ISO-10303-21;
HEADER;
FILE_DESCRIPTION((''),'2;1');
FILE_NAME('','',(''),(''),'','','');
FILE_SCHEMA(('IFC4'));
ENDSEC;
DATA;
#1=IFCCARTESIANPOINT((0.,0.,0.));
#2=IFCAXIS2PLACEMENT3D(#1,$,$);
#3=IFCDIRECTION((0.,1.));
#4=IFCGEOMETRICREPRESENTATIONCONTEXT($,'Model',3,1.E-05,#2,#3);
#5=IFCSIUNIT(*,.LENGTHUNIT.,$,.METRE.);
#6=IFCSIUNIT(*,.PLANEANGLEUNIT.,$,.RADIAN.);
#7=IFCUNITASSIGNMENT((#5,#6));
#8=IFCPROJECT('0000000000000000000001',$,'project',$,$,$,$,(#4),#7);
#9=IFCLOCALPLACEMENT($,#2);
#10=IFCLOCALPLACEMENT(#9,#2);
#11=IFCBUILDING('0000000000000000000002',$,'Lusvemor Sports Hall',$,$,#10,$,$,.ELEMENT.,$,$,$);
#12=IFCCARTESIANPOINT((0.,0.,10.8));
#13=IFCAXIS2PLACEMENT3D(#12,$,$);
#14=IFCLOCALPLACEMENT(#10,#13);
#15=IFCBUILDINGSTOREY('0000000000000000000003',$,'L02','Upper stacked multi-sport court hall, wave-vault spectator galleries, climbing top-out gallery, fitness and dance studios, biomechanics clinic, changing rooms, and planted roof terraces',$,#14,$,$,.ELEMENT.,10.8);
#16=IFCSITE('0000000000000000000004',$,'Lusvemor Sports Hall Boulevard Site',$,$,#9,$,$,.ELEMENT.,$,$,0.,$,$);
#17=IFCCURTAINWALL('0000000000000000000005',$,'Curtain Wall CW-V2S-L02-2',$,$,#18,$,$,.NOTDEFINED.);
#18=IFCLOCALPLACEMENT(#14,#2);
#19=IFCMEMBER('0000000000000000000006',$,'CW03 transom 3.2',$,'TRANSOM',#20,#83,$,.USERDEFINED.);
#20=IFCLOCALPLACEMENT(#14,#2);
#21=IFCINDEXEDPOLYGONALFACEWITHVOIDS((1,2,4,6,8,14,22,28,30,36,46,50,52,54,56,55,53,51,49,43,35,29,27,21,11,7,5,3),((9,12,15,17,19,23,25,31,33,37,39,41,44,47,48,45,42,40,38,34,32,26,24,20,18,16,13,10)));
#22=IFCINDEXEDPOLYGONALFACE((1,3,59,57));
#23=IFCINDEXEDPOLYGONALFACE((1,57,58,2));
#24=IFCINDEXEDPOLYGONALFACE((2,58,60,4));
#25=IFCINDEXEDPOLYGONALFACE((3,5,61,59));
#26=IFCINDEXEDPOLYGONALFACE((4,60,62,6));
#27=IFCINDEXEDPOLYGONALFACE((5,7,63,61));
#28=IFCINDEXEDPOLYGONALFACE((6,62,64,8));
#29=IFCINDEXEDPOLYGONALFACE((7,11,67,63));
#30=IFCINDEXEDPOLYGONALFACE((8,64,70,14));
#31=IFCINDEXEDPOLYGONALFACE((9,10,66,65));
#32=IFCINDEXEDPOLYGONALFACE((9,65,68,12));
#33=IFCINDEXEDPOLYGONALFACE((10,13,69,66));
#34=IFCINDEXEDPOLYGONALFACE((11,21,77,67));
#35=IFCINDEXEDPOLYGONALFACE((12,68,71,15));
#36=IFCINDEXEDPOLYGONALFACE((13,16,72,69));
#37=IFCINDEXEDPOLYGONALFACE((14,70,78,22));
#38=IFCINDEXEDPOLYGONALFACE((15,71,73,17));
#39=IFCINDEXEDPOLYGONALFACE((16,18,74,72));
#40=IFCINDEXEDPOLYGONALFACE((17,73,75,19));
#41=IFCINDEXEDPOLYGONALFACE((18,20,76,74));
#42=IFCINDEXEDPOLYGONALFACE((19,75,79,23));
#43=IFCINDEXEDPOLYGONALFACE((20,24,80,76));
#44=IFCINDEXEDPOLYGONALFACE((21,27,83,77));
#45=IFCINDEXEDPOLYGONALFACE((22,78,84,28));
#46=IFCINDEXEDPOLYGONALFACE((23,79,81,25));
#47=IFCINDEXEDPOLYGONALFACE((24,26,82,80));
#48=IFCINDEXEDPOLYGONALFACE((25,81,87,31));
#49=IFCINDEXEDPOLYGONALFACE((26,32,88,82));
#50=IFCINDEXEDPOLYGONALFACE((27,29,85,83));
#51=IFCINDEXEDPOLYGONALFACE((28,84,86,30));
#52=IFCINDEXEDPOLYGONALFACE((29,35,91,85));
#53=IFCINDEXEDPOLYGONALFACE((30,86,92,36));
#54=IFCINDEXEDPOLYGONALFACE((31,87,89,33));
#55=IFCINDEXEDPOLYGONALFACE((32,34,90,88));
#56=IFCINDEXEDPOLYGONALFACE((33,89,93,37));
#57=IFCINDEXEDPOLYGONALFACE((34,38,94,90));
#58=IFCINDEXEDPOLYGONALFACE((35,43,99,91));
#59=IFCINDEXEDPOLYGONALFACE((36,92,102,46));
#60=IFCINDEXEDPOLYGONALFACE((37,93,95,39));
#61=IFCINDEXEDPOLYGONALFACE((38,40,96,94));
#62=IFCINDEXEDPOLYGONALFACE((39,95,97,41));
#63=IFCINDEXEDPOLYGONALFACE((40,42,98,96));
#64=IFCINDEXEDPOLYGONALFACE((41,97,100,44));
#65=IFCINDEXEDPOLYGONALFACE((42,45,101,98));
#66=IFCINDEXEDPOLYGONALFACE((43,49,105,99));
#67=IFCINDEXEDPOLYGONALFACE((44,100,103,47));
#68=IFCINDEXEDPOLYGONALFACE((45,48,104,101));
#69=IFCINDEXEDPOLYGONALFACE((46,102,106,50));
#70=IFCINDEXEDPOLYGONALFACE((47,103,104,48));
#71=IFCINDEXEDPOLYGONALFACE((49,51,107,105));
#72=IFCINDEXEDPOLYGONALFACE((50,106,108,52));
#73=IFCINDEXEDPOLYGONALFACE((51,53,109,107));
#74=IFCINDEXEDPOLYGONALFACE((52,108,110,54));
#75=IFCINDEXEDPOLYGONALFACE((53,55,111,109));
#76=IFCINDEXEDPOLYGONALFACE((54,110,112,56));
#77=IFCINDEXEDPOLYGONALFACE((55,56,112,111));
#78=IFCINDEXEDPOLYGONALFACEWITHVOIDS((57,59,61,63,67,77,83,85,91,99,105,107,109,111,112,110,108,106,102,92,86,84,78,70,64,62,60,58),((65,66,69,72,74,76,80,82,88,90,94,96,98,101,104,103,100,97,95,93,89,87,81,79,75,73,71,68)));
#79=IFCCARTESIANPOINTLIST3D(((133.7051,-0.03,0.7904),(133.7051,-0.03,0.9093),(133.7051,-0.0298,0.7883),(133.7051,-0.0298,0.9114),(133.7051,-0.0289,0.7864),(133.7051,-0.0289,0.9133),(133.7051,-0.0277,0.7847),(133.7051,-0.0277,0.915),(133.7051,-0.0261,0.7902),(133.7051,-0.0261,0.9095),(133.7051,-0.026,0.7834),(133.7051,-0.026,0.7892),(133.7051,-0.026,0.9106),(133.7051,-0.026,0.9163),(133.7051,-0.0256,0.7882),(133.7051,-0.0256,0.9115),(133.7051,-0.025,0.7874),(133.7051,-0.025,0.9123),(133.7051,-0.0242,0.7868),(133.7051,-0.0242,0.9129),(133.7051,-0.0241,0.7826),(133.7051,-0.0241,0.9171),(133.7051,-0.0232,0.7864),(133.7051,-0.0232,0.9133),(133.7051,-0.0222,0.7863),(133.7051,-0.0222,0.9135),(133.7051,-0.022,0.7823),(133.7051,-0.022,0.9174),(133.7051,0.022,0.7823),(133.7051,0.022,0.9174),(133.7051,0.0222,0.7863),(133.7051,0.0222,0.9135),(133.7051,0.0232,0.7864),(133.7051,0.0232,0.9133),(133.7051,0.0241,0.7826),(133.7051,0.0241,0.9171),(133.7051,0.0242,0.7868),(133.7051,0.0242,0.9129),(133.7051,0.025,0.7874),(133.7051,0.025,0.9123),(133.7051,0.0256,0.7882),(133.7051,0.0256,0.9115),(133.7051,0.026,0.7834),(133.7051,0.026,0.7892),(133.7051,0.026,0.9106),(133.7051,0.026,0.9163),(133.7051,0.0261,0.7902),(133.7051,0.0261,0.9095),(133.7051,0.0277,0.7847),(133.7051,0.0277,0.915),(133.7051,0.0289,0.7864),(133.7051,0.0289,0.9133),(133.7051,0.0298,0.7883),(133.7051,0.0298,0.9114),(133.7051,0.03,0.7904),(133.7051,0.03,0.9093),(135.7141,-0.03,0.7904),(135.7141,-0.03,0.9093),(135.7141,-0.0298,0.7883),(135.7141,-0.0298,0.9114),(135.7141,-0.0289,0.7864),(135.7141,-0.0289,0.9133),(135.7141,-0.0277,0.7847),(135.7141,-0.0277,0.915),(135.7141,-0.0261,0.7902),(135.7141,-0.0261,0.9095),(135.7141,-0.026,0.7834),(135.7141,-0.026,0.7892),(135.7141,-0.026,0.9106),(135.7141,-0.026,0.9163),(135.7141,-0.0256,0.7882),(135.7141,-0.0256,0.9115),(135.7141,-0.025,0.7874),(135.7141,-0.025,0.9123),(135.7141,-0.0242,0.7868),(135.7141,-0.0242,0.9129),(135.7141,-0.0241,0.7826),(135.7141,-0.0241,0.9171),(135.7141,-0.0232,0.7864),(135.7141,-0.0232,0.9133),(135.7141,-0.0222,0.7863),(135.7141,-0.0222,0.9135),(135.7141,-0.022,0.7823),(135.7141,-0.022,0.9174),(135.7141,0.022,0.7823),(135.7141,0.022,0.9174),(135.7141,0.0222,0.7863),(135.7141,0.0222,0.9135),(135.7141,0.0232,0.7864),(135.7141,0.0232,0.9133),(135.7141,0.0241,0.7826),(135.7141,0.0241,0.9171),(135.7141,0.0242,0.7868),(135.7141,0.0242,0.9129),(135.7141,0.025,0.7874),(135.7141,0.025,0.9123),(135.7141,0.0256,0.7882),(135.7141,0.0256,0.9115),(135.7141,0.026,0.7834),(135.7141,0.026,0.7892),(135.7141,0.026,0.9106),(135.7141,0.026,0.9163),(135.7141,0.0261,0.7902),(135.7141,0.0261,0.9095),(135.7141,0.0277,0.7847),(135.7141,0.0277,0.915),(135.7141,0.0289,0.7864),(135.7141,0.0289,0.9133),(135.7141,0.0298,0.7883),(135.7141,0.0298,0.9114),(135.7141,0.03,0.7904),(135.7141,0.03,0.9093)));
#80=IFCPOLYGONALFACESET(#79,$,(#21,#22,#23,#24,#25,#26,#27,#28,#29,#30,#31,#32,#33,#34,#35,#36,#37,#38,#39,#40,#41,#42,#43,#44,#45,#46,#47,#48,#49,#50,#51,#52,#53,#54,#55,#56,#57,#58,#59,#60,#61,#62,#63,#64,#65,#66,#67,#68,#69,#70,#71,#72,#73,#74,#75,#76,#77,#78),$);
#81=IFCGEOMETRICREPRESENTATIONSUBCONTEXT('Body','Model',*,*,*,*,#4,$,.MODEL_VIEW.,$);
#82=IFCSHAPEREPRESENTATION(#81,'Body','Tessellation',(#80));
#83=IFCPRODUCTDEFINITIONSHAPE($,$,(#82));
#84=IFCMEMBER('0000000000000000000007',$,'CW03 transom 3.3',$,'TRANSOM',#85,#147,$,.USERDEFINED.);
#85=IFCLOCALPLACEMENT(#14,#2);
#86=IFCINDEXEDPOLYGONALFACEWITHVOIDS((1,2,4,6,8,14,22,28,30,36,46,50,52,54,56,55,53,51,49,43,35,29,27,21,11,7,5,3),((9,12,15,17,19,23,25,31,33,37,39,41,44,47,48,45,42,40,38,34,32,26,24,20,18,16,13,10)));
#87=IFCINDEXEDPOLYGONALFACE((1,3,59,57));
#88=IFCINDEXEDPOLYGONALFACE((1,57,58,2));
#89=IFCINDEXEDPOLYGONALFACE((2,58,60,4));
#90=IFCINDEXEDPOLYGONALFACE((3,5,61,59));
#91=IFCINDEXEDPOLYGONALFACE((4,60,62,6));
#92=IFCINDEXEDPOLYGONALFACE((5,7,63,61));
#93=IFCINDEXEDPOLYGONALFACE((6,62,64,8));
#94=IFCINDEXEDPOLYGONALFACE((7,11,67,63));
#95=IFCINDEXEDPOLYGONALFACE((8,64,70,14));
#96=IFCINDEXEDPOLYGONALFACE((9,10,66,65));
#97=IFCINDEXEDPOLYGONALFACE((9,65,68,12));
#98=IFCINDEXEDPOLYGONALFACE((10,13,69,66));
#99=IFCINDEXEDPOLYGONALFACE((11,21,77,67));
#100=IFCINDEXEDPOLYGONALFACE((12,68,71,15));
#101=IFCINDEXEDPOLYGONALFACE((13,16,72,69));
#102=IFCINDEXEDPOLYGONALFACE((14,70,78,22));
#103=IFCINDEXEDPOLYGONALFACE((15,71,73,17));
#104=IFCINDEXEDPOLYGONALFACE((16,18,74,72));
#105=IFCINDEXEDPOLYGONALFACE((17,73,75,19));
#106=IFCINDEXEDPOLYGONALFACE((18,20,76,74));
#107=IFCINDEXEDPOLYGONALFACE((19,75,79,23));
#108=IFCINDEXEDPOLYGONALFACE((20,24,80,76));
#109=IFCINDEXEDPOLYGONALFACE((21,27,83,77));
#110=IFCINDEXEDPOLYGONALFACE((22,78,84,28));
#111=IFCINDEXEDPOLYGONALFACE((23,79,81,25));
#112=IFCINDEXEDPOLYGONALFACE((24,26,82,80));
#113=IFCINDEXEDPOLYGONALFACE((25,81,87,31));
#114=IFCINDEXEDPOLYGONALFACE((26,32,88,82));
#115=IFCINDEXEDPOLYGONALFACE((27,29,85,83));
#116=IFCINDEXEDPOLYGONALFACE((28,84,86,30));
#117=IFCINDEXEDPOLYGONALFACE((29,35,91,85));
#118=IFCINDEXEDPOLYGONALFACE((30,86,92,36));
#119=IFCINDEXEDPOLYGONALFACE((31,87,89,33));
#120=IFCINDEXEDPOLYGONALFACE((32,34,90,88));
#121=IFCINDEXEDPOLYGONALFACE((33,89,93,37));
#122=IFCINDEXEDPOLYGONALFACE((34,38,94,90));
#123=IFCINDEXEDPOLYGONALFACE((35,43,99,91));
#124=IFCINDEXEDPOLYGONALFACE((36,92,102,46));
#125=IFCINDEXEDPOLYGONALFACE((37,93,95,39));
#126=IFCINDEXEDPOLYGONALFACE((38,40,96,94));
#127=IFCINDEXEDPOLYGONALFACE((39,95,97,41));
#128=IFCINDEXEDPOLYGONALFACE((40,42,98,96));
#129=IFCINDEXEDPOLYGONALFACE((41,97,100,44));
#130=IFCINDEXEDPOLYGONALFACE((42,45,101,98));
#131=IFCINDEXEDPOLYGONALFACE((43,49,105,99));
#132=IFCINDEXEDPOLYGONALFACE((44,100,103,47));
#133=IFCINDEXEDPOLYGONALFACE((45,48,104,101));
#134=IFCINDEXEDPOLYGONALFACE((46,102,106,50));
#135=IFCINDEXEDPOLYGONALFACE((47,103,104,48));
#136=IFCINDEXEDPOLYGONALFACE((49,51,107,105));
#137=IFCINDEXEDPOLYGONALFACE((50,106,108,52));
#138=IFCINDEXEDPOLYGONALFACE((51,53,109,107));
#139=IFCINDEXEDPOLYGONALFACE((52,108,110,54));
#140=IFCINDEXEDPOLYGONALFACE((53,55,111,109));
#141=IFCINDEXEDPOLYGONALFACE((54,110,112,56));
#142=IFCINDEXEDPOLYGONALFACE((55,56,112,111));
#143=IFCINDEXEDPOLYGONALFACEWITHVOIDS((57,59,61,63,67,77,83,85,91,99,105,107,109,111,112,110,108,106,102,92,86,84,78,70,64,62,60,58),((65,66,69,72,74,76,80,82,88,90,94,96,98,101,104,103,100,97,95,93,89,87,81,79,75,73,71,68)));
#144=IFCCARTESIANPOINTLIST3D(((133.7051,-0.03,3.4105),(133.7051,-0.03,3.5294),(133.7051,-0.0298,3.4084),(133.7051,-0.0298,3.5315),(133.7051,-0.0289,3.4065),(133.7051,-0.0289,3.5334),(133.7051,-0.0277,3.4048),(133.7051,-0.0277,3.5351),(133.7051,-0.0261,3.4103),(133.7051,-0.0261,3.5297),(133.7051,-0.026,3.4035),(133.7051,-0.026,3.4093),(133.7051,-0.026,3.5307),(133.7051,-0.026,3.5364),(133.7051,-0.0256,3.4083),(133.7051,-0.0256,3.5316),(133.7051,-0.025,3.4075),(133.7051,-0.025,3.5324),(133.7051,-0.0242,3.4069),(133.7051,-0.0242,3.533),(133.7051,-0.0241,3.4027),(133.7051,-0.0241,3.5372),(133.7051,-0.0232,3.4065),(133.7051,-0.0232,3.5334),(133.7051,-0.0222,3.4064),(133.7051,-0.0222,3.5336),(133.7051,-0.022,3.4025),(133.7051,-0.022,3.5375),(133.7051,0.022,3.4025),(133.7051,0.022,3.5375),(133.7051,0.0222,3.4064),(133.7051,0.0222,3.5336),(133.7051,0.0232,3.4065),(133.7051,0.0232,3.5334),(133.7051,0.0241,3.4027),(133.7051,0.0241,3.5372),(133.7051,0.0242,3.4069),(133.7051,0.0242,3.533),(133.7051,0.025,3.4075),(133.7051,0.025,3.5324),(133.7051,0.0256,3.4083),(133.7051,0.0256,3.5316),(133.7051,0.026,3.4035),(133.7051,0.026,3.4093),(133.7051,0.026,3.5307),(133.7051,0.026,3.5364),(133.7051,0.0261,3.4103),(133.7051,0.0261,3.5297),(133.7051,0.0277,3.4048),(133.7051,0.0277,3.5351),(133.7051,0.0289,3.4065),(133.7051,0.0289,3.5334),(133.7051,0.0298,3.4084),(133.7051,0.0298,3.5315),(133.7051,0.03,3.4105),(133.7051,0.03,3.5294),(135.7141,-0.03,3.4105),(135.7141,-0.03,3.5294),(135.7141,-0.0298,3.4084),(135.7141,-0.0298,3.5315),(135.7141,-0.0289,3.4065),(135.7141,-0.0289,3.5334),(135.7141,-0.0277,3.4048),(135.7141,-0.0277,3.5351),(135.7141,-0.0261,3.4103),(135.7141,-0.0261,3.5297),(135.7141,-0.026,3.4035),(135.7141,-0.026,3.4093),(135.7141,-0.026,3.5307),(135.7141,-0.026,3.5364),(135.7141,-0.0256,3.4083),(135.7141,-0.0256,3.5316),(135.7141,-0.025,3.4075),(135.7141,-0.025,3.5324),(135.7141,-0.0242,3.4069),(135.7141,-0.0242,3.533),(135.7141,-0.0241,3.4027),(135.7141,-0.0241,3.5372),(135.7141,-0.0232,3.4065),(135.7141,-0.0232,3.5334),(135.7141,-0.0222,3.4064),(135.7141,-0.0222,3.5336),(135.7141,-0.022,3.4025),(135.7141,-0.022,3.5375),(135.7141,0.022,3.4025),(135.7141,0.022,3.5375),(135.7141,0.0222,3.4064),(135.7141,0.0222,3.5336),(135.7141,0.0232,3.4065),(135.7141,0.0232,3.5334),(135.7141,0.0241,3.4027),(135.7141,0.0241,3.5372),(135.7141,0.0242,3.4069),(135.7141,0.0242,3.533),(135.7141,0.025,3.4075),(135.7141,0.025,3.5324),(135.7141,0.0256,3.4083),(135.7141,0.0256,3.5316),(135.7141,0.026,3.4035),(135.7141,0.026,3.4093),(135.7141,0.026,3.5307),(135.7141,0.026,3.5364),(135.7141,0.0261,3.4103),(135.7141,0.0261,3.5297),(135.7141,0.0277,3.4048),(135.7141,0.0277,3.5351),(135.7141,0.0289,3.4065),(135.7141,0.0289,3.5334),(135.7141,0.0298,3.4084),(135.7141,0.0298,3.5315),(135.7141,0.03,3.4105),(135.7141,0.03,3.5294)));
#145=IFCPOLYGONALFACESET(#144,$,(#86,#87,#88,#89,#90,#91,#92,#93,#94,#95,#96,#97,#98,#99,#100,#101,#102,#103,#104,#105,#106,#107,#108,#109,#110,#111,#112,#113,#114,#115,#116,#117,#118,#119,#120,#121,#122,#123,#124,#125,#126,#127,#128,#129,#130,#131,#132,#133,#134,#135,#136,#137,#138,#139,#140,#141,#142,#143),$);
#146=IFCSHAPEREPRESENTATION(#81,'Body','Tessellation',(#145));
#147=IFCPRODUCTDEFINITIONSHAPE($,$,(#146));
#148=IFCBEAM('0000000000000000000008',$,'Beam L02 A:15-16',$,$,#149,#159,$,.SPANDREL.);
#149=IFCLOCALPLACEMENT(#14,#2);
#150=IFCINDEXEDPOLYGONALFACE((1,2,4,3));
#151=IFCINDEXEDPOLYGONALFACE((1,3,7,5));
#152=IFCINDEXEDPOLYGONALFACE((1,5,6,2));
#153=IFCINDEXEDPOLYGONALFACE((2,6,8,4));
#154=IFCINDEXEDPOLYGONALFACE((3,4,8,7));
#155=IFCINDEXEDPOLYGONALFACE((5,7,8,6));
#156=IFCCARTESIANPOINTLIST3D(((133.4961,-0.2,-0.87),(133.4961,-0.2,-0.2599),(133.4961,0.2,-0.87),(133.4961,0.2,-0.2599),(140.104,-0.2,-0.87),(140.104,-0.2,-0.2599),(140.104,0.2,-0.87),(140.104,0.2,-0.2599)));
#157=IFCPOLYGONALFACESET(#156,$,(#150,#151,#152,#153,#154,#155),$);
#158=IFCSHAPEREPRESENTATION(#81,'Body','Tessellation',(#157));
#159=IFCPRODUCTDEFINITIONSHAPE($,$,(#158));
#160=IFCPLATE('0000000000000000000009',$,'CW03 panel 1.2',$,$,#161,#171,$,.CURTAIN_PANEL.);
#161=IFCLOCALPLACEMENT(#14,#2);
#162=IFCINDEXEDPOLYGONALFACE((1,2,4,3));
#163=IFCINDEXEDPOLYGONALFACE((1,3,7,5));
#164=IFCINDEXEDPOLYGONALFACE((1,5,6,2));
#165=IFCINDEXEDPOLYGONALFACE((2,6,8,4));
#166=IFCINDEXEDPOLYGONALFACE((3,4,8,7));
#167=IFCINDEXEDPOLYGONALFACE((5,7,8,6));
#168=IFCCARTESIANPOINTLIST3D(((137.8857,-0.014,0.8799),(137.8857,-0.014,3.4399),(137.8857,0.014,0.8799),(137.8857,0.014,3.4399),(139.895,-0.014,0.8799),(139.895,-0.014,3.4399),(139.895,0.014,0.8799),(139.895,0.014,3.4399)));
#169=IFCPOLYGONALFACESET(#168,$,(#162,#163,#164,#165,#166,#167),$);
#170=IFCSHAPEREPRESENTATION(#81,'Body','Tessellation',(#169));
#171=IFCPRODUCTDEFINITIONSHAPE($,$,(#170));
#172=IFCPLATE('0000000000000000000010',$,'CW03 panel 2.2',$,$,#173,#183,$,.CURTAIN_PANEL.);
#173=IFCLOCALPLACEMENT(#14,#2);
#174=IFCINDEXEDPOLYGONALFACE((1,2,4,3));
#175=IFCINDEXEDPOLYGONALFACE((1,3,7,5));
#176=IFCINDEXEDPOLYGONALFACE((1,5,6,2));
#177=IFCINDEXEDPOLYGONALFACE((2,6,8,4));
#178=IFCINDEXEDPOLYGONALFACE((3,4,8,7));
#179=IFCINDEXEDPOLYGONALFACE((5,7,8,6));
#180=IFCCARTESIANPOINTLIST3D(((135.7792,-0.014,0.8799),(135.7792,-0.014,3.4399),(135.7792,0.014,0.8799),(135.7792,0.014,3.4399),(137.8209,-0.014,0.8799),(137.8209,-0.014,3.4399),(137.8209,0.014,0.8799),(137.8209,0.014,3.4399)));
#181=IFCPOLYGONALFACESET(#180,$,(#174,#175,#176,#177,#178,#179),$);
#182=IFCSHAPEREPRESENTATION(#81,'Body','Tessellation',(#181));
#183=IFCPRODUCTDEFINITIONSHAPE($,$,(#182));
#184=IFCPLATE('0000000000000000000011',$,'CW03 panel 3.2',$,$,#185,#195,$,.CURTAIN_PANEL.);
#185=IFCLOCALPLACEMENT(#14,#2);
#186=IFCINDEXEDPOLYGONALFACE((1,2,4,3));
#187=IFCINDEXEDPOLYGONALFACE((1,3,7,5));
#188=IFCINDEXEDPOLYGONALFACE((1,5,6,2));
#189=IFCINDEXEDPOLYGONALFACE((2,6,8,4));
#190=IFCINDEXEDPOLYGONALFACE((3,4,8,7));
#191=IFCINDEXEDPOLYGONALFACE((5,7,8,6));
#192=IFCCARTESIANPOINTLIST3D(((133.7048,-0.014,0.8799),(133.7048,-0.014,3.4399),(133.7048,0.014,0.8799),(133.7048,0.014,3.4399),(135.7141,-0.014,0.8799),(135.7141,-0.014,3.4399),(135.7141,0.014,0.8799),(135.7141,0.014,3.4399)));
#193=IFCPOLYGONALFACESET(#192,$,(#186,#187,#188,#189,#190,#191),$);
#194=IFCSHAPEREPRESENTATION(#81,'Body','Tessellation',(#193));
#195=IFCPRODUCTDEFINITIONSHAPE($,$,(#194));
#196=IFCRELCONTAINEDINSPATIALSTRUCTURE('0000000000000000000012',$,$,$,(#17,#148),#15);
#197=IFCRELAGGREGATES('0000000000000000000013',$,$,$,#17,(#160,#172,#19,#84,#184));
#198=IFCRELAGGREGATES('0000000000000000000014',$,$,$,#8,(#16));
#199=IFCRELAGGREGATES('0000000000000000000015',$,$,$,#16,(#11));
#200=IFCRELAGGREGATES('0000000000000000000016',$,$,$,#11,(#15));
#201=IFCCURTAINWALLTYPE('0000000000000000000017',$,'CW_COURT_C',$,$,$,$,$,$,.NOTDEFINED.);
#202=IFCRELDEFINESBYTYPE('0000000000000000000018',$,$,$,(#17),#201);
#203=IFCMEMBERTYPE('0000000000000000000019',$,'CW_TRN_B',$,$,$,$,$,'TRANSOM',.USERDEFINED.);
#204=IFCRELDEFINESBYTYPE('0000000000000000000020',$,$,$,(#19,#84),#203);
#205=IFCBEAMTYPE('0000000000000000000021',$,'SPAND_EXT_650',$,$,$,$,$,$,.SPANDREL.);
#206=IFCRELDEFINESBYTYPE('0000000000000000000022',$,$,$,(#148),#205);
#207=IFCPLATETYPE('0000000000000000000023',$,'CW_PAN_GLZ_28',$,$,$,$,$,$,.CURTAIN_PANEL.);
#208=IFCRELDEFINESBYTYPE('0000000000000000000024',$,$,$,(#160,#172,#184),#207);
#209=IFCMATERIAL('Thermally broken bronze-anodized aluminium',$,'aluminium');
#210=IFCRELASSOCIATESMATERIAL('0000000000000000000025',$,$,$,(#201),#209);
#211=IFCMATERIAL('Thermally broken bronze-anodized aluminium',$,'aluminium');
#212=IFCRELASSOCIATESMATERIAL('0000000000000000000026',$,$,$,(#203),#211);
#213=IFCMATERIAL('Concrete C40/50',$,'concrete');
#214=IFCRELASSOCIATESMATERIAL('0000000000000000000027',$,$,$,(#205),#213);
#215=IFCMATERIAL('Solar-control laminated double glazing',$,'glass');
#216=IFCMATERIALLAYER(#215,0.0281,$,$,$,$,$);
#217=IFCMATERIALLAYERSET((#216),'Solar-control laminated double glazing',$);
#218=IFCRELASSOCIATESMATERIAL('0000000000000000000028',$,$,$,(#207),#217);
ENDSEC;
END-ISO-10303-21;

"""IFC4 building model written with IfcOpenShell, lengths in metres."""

from ifc_helpers import new_model, si_unit, direction, frame, origin, origin_2d, place, context, subcontext, project, spatial, rectangle, hollow_rectangle, extrude, material, layer, layer_set, material_profile, profile_set, type_object, element, aggregate, save


model = new_model("IFC4")

# Units and contexts
model_context = context("Model", 3, precision=1e-05, world=origin(), true_north=direction((0.0, 1.0)))
body_context = subcontext(model_context, "Body", "Model", "MODEL_VIEW")
ifc_project = project(units=[si_unit("LENGTHUNIT", "METRE"), si_unit("PLANEANGLEUNIT", "RADIAN")], contexts=[model_context])

# Site, building, storey
site_placement = place(None, origin())
site = spatial("IfcSite", under=ifc_project, at=site_placement, Name="Lusvemor Sports Hall Boulevard Site", CompositionType="ELEMENT", RefElevation=0.0)
building_placement = place(site_placement, origin())
building = spatial("IfcBuilding", under=site, at=building_placement, Name="Lusvemor Sports Hall", CompositionType="ELEMENT")
storey_placement = place(building_placement, frame((0.0, 0.0, 10.8)))
storey = spatial("IfcBuildingStorey", under=building, at=storey_placement, Name="L02", Description="Upper stacked multi-sport court hall, wave-vault spectator galleries, climbing top-out gallery, fitness and dance studios, biomechanics clinic, changing rooms, and planted roof terraces", CompositionType="ELEMENT", Elevation=10.8)

# Shared definitions
ifc_material_1 = material(Name="Thermally broken bronze-anodized aluminium", Category="aluminium")
curtain_wall_type = type_object("IfcCurtainWallType", Name="CW_COURT_C", PredefinedType="NOTDEFINED", material=ifc_material_1)

# Curtain wall
curtain_wall_1_placement = place(storey_placement, origin())
curtain_wall_1 = element("IfcCurtainWall", 1, at=curtain_wall_1_placement, inside=storey, type_object=curtain_wall_type, Name="Curtain Wall CW-V2S-L02-2", PredefinedType="NOTDEFINED")

# Members
ifc_material_2 = material(Name="Thermally broken bronze-anodized aluminium", Category="aluminium")
ifc_material_profile_1 = material_profile(ifc_material_2, hollow_rectangle(XDim=0.0601, YDim=0.135, WallThickness=0.0039, InnerFilletRadius=0.0039, OuterFilletRadius=0.0081, at=origin_2d()), Name="CWTRN135x60x4")
ifc_profile_set_1 = profile_set([ifc_material_profile_1], Name="Thermally broken bronze-anodized aluminium")
member_type_1 = type_object("IfcMemberType", Name="CW_TRN_B", ElementType="TRANSOM", PredefinedType="USERDEFINED", material=ifc_profile_set_1)
member_1_placement = place(storey_placement, frame((135.7141, 0.0, 0.8499), z_axis=(-1.0, 0.0, 0.0), x_axis=(0.0, -1.0, 0.0)))
member_1 = element("IfcMember", 2, at=member_1_placement, type_object=member_type_1, Name="CW03 transom 3.2", ObjectType="TRANSOM", PredefinedType="USERDEFINED", context=body_context, shape_type="SweptSolid", body=[
    extrude(hollow_rectangle(XDim=0.0601, YDim=0.135, WallThickness=0.0039, InnerFilletRadius=0.0039, OuterFilletRadius=0.0081, at=origin_2d()), origin(), (0.0, 0.0, 1.0), 2.009),
])
member_2_placement = place(storey_placement, frame((135.7141, 0.0, 3.47), z_axis=(-1.0, 0.0, 0.0), x_axis=(0.0, -1.0, 0.0)))
member_2 = element("IfcMember", 3, at=member_2_placement, type_object=member_type_1, Name="CW03 transom 3.3", ObjectType="TRANSOM", PredefinedType="USERDEFINED", context=body_context, shape_type="SweptSolid", body=[
    extrude(hollow_rectangle(XDim=0.0601, YDim=0.135, WallThickness=0.0039, InnerFilletRadius=0.0039, OuterFilletRadius=0.0081, at=origin_2d()), origin(), (0.0, 0.0, 1.0), 2.009),
])

# Beam
ifc_material_3 = material(Name="Concrete C40/50", Category="concrete")
ifc_material_profile_2 = material_profile(ifc_material_3, rectangle(XDim=0.3999, YDim=0.6101, at=origin_2d()), Name="RC400x610")
ifc_profile_set_2 = profile_set([ifc_material_profile_2], Name="Concrete C40/50")
beam_type = type_object("IfcBeamType", Name="SPAND_EXT_650", PredefinedType="SPANDREL", material=ifc_profile_set_2)
beam_placement = place(storey_placement, frame((133.4961, 0.0, -0.5649), z_axis=(1.0, 0.0, 0.0), x_axis=(0.0, 1.0, 0.0)))
element("IfcBeam", 4, at=beam_placement, inside=storey, type_object=beam_type, Name="Beam L02 A:15-16", PredefinedType="SPANDREL", context=body_context, shape_type="SweptSolid", body=[
    extrude(rectangle(XDim=0.3999, YDim=0.6101, at=origin_2d()), origin(), (0.0, 0.0, 1.0), 6.6079),
])

# Plates
ifc_material_4 = material(Name="Solar-control laminated double glazing", Category="glass")
ifc_layer_1 = layer(ifc_material_4, 0.0281)
ifc_layer_set_1 = layer_set([ifc_layer_1], Name="Solar-control laminated double glazing")
plate_type_1 = type_object("IfcPlateType", Name="CW_PAN_GLZ_28", PredefinedType="CURTAIN_PANEL", material=ifc_layer_set_1)
plate_1_placement = place(storey_placement, frame((138.8904, 0.0, 0.8799), z_axis=(0.0, 0.0, 1.0), x_axis=(-1.0, 0.0, 0.0)))
plate_1 = element("IfcPlate", 5, at=plate_1_placement, type_object=plate_type_1, Name="CW03 panel 1.2", PredefinedType="CURTAIN_PANEL", context=body_context, shape_type="SweptSolid", body=[
    extrude(rectangle(XDim=2.0093, YDim=0.0281, at=origin_2d()), origin(), (0.0, 0.0, 1.0), 2.5601),
])
plate_2_placement = place(storey_placement, frame((136.8, 0.0, 0.8799), z_axis=(0.0, 0.0, 1.0), x_axis=(-1.0, 0.0, 0.0)))
plate_2 = element("IfcPlate", 6, at=plate_2_placement, type_object=plate_type_1, Name="CW03 panel 2.2", PredefinedType="CURTAIN_PANEL", context=body_context, shape_type="SweptSolid", body=[
    extrude(rectangle(XDim=2.0417, YDim=0.0281, at=origin_2d()), origin(), (0.0, 0.0, 1.0), 2.5601),
])
plate_3_placement = place(storey_placement, frame((134.7095, 0.0, 0.8799), z_axis=(0.0, 0.0, 1.0), x_axis=(-1.0, 0.0, 0.0)))
plate_3 = element("IfcPlate", 7, at=plate_3_placement, type_object=plate_type_1, Name="CW03 panel 3.2", PredefinedType="CURTAIN_PANEL", context=body_context, shape_type="SweptSolid", body=[
    extrude(rectangle(XDim=2.0093, YDim=0.0281, at=origin_2d()), origin(), (0.0, 0.0, 1.0), 2.5601),
])
aggregate(curtain_wall_1, [plate_1, plate_2, member_1, member_2, plate_3])

save(model, "model.ifc")
